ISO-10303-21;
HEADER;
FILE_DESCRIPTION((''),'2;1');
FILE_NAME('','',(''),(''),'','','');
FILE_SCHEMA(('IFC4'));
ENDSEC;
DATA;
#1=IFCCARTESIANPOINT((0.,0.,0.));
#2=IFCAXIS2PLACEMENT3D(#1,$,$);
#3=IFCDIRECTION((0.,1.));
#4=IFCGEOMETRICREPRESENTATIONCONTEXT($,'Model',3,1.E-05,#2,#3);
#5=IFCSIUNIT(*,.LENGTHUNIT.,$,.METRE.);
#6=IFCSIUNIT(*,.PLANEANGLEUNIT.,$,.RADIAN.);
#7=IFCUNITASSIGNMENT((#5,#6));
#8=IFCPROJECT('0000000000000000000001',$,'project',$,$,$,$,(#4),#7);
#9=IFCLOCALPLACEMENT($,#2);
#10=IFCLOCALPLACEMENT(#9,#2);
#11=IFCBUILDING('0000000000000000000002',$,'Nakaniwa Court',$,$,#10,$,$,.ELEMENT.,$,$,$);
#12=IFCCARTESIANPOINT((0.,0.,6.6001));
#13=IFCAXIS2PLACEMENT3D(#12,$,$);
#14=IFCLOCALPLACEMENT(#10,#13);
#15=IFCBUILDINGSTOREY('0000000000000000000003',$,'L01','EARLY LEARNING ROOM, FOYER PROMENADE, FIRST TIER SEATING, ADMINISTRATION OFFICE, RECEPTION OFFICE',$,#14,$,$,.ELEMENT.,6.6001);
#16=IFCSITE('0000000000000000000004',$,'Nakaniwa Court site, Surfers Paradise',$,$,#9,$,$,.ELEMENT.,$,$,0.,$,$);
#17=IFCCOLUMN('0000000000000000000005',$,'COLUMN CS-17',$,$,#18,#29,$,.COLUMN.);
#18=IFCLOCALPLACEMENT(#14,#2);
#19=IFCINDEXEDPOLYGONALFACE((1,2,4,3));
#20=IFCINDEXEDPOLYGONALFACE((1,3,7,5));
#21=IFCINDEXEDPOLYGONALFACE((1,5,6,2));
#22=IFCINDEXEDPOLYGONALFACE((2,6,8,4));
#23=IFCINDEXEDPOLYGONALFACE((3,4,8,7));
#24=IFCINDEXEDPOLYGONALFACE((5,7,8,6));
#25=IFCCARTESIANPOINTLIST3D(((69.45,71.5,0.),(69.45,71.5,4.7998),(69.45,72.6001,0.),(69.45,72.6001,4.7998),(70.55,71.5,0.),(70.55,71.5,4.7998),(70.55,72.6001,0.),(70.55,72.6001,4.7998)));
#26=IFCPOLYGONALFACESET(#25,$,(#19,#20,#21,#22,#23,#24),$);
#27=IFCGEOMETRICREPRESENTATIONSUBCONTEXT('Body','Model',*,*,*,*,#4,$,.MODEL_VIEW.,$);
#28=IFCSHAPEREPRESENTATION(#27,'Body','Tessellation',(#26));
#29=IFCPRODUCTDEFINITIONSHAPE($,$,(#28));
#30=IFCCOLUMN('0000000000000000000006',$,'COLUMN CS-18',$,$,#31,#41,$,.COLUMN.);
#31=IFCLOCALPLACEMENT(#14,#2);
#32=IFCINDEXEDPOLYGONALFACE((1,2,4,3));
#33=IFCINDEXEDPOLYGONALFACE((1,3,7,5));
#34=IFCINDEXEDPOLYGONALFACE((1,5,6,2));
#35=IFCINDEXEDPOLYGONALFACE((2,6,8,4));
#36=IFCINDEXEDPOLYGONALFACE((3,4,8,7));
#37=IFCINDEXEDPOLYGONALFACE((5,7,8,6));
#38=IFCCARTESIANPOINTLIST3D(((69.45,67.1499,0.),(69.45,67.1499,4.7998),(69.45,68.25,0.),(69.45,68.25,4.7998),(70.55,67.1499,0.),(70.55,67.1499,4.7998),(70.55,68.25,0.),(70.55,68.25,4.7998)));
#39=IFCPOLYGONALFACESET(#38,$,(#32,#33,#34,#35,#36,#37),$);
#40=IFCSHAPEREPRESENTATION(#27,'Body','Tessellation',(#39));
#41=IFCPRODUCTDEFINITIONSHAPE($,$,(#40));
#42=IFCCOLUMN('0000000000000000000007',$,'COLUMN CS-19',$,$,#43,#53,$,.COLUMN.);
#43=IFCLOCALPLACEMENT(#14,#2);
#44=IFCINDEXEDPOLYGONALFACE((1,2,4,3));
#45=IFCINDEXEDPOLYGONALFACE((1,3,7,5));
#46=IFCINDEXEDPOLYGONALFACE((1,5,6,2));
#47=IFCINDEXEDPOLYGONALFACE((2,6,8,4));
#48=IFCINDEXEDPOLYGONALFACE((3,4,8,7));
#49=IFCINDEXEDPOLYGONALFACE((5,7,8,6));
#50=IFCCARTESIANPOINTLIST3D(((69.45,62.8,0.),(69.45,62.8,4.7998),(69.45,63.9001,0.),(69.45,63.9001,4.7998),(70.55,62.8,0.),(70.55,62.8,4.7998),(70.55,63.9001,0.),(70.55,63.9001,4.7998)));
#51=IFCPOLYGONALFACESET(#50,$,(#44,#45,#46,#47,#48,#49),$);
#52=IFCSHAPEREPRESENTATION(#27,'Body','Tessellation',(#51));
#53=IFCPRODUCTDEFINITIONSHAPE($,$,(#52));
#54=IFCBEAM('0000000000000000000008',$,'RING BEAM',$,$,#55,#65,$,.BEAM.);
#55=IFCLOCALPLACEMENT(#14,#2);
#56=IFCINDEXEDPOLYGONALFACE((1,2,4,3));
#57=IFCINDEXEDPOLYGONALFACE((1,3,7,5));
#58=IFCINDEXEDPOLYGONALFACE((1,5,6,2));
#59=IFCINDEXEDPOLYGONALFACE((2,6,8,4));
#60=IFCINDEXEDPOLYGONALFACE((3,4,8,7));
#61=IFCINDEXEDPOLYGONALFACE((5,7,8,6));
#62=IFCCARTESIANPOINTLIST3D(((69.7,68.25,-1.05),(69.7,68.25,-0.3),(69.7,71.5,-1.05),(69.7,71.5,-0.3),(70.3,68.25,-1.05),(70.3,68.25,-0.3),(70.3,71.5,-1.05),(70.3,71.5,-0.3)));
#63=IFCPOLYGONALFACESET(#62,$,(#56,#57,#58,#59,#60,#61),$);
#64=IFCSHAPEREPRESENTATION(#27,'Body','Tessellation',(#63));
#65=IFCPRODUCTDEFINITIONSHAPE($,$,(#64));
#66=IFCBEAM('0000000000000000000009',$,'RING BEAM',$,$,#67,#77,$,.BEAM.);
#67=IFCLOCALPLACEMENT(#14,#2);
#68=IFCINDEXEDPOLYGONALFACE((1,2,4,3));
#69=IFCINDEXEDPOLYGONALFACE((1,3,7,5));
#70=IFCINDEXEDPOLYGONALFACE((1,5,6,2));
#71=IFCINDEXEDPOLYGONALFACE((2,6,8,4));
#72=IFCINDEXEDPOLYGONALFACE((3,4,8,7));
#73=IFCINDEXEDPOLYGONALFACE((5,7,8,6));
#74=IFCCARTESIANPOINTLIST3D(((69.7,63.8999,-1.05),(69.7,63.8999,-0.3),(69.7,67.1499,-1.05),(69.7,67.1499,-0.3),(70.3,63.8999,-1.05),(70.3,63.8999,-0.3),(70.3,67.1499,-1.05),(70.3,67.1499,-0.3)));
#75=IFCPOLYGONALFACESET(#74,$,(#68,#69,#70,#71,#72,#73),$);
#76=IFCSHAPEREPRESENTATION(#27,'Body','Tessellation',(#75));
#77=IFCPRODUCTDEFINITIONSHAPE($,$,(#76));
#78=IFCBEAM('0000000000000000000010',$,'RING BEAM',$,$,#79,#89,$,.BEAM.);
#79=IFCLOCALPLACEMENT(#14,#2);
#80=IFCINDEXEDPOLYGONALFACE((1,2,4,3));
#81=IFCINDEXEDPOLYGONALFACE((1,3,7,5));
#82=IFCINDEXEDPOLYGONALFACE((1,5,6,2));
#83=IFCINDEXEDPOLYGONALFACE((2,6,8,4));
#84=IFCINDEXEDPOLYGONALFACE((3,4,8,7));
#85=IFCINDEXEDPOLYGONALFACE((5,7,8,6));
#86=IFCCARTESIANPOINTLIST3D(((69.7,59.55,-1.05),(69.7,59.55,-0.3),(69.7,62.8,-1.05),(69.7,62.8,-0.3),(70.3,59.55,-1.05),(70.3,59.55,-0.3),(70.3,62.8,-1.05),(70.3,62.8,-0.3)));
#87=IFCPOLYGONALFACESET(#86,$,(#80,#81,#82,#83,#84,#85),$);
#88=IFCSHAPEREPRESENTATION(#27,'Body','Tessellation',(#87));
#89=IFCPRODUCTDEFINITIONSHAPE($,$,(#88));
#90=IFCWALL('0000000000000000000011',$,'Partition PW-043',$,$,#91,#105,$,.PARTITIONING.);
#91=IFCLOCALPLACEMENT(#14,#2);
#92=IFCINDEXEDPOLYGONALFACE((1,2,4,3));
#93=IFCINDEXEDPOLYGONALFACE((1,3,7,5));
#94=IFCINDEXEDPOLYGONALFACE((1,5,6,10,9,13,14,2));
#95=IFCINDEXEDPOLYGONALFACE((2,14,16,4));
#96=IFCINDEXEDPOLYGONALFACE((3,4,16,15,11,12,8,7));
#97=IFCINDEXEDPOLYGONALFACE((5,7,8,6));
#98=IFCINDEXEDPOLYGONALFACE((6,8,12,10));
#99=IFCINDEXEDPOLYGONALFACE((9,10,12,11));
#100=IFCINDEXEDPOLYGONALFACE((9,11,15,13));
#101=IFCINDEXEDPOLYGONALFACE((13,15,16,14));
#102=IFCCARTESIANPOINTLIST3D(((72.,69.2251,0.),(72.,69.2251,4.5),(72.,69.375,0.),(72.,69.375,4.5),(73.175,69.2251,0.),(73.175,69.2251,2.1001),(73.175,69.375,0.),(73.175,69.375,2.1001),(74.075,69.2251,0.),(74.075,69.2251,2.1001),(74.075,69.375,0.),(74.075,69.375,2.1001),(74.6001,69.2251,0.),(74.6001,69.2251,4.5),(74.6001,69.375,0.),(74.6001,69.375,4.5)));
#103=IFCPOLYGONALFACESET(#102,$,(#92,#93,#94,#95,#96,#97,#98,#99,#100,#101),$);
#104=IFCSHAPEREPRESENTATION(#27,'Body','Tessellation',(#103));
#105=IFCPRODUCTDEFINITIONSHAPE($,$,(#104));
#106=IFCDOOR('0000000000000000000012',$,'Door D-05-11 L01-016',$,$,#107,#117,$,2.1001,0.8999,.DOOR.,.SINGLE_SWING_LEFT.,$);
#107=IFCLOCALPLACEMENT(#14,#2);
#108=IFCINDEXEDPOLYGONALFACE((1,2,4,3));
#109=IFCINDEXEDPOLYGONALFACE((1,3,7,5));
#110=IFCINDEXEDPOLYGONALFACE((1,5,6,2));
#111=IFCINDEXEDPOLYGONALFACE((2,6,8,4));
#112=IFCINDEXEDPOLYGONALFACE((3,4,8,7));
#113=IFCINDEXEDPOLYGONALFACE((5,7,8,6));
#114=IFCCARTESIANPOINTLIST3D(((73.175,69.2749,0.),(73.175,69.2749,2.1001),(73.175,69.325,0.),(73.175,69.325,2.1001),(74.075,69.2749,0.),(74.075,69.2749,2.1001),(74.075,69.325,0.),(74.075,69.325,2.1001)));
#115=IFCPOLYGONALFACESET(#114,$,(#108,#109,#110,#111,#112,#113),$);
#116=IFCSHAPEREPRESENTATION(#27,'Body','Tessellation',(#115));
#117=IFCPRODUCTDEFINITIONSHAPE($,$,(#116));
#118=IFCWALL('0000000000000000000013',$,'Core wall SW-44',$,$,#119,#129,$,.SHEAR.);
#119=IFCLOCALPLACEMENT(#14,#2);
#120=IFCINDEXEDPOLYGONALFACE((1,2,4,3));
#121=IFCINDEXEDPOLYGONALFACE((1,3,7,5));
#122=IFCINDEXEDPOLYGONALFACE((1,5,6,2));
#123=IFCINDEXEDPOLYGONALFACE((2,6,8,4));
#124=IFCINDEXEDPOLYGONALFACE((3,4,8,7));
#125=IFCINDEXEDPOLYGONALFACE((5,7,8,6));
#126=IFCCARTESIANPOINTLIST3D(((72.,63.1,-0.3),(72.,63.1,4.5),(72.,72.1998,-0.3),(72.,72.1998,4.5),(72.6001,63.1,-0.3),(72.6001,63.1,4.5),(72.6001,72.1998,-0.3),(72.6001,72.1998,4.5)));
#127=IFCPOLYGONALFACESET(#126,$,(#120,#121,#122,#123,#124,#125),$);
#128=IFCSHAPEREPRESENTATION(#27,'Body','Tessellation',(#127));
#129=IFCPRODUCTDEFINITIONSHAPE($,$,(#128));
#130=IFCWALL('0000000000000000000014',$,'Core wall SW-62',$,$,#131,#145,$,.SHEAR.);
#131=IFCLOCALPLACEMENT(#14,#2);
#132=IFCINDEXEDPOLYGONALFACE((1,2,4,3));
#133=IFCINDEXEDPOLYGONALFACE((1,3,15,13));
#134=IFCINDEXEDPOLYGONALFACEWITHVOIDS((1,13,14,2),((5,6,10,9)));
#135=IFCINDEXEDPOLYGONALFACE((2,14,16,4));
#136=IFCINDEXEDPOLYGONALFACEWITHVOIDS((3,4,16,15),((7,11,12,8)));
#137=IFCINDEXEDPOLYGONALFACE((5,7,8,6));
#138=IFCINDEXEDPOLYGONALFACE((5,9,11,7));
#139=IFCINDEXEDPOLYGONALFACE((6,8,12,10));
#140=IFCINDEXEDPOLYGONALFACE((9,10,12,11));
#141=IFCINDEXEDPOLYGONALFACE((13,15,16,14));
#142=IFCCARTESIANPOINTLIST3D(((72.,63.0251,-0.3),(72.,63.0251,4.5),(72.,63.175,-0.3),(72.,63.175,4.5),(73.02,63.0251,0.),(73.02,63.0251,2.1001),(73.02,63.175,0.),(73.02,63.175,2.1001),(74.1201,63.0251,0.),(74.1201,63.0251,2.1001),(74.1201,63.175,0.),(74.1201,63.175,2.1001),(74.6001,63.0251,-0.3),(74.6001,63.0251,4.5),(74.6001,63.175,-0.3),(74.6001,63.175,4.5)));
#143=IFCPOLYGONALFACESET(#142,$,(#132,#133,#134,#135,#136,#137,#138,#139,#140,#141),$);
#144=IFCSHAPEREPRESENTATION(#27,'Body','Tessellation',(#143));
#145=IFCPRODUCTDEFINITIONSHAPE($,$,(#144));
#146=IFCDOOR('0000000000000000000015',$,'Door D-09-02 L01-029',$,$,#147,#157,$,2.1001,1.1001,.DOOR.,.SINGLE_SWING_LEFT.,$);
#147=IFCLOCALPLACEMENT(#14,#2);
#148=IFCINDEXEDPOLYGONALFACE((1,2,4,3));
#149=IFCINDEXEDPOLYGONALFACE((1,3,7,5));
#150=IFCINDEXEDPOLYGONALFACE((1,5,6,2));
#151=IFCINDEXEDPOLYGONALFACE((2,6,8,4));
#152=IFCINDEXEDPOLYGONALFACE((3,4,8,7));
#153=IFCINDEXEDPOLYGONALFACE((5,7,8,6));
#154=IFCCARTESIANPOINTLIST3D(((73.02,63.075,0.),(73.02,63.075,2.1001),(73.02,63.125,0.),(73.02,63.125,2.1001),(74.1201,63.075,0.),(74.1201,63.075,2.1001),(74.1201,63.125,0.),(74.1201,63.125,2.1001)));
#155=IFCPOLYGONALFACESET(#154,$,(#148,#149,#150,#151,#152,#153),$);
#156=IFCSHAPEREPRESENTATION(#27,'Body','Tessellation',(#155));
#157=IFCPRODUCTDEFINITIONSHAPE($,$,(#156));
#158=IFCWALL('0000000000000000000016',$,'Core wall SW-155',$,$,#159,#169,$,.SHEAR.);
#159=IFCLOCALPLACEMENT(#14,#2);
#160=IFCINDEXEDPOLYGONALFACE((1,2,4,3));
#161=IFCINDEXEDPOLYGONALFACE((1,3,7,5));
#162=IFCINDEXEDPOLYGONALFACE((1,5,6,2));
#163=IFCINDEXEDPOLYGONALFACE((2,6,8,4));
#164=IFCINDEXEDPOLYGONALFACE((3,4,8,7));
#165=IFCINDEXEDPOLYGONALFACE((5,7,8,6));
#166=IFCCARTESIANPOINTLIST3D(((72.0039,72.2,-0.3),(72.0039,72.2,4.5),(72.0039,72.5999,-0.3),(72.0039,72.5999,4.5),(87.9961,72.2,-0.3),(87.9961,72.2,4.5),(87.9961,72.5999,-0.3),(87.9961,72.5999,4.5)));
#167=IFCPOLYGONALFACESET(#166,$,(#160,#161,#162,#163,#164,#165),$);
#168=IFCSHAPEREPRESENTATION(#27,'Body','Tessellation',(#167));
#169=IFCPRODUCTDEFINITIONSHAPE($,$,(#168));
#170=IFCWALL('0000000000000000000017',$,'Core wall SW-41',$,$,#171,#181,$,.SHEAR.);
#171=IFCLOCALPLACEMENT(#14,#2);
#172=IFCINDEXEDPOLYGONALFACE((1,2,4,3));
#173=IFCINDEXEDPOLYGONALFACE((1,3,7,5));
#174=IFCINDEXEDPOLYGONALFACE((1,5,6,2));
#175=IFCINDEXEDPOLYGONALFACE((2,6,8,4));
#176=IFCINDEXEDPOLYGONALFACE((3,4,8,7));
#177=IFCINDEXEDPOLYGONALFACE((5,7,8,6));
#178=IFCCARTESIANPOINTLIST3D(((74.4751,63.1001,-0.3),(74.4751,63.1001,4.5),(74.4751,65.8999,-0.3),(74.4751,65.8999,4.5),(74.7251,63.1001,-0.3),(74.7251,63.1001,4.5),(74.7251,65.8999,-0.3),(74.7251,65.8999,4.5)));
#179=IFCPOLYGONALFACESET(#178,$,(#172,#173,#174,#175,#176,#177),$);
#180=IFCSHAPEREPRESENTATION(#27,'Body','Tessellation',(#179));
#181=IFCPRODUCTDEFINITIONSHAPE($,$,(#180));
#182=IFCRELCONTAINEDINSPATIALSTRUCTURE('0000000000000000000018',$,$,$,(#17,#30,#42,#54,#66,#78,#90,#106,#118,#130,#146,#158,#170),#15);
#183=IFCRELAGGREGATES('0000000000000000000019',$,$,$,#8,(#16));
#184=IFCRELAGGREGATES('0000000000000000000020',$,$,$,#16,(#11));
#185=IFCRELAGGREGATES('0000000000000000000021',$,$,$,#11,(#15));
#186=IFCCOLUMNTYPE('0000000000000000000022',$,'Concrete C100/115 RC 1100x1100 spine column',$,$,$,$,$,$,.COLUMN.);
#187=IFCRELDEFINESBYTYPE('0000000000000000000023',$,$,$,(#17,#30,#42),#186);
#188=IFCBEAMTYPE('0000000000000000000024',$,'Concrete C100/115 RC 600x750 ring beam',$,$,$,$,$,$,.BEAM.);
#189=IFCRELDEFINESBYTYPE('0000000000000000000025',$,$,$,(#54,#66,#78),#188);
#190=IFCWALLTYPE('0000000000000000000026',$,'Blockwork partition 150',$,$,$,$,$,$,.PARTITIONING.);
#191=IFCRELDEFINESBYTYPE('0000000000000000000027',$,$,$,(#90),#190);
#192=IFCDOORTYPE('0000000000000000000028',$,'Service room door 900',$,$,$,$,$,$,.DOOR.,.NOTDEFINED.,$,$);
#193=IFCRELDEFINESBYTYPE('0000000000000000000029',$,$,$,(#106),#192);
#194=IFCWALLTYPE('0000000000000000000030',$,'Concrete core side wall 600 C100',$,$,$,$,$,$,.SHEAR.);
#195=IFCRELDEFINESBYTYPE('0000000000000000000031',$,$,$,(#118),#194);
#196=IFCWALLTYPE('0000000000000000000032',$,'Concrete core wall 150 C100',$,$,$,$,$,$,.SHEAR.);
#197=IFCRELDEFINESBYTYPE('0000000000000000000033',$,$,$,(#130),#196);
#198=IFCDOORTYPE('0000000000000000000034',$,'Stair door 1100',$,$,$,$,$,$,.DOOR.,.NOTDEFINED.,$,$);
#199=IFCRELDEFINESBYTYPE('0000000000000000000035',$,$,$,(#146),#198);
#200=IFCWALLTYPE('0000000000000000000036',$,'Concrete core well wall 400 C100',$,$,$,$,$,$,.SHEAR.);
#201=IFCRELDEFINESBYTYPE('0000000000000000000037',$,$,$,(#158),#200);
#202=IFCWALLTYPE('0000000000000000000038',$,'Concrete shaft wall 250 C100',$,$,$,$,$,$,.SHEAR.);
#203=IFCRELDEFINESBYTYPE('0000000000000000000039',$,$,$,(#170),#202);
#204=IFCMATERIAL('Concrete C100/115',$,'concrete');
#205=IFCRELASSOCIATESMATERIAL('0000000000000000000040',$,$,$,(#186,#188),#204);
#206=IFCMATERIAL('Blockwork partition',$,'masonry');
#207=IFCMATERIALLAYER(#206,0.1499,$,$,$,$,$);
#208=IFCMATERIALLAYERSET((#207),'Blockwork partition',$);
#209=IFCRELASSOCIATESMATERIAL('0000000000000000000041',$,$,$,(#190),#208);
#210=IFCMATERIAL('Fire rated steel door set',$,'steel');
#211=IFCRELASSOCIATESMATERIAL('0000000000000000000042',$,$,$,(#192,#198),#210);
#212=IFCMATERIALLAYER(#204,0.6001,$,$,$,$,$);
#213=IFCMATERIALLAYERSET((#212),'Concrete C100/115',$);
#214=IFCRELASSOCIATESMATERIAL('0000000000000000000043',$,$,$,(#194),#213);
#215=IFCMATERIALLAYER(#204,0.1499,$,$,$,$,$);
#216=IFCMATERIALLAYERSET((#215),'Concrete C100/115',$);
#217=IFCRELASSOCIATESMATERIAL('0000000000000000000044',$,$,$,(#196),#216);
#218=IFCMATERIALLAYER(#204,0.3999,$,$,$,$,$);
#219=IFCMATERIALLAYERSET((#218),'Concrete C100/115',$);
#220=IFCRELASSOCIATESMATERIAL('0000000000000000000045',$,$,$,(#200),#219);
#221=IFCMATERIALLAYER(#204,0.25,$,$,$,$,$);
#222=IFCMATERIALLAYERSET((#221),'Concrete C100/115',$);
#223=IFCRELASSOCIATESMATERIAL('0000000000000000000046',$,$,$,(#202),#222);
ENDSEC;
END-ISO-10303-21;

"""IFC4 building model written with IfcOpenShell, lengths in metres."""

from ifc_helpers import new_model, si_unit, direction, frame, frame_2d, origin, origin_2d, place, context, subcontext, project, spatial, rectangle, extrude, material, layer, layer_set, material_profile, profile_set, type_object, element, fill, save


model = new_model("IFC4")

# Units and contexts
model_context = context("Model", 3, precision=1e-05, world=origin(), true_north=direction((0.0, 1.0)))
body_context = subcontext(model_context, "Body", "Model", "MODEL_VIEW")
ifc_project = project(units=[si_unit("LENGTHUNIT", "METRE"), si_unit("PLANEANGLEUNIT", "RADIAN")], contexts=[model_context])

# Site, building, storey
site_placement = place(None, origin())
site = spatial("IfcSite", under=ifc_project, at=site_placement, Name="Nakaniwa Court site, Surfers Paradise", CompositionType="ELEMENT", RefElevation=0.0)
building_placement = place(site_placement, origin())
building = spatial("IfcBuilding", under=site, at=building_placement, Name="Nakaniwa Court", CompositionType="ELEMENT")
storey_placement = place(building_placement, frame((0.0, 0.0, 6.6001)))
storey = spatial("IfcBuildingStorey", under=building, at=storey_placement, Name="L01", Description="EARLY LEARNING ROOM, FOYER PROMENADE, FIRST TIER SEATING, ADMINISTRATION OFFICE, RECEPTION OFFICE", CompositionType="ELEMENT", Elevation=6.6001)

# Columns
ifc_material_1 = material(Name="Concrete C100/115", Category="concrete")
ifc_material_profile_1 = material_profile(ifc_material_1, rectangle(XDim=1.1001, YDim=1.1001, at=origin_2d()), Name="Concrete C100/115 RC 1100x1100 spine column")
ifc_profile_set_1 = profile_set([ifc_material_profile_1], Name="Concrete C100/115")
column_type = type_object("IfcColumnType", Name="Concrete C100/115 RC 1100x1100 spine column", PredefinedType="COLUMN", material=ifc_profile_set_1)
for number, where, z_axis, x_axis, name in (
    (1, (70.0, 72.05, 0.0), (0.0, 0.0, 1.0), (0.0, -1.0, 0.0), "COLUMN CS-17"),
    (2, (70.0, 67.7, 0.0), (0.0, 0.0, 1.0), (0.0, -1.0, 0.0), "COLUMN CS-18"),
    (3, (70.0, 63.3501, 0.0), (0.0, 0.0, 1.0), (0.0, -1.0, 0.0), "COLUMN CS-19"),
):
    element("IfcColumn", number, at=place(storey_placement, frame(where, z_axis=z_axis, x_axis=x_axis)), inside=storey, type_object=column_type, Name=name, PredefinedType="COLUMN", context=body_context, shape_type="SweptSolid", body=[
        extrude(rectangle(XDim=1.1001, YDim=1.1001, at=origin_2d()), origin(), (0.0, 0.0, 1.0), 4.7998),
    ])

# Beams
ifc_material_profile_2 = material_profile(ifc_material_1, rectangle(XDim=0.6001, YDim=0.75, at=origin_2d()), Name="Concrete C100/115 RC 600x750 ring beam")
ifc_profile_set_2 = profile_set([ifc_material_profile_2], Name="Concrete C100/115")
beam_type = type_object("IfcBeamType", Name="Concrete C100/115 RC 600x750 ring beam", PredefinedType="BEAM", material=ifc_profile_set_2)
for number, where, z_axis, x_axis, name in (
    (4, (70.0, 71.5, -0.675), (0.0, -1.0, 0.0), (1.0, 0.0, 0.0), "RING BEAM"),
    (5, (70.0, 67.1499, -0.675), (0.0, -1.0, 0.0), (1.0, 0.0, 0.0), "RING BEAM"),
    (6, (70.0, 62.8, -0.675), (0.0, -1.0, 0.0), (1.0, 0.0, 0.0), "RING BEAM"),
):
    element("IfcBeam", number, at=place(storey_placement, frame(where, z_axis=z_axis, x_axis=x_axis)), inside=storey, type_object=beam_type, Name=name, PredefinedType="BEAM", context=body_context, shape_type="SweptSolid", body=[
        extrude(rectangle(XDim=0.6001, YDim=0.75, at=origin_2d()), origin(), (0.0, 0.0, 1.0), 3.25),
    ])

# Wall, opening, door
ifc_material_2 = material(Name="Blockwork partition", Category="masonry")
ifc_layer_1 = layer(ifc_material_2, 0.1499)
ifc_layer_set_1 = layer_set([ifc_layer_1], Name="Blockwork partition")
wall_type_1 = type_object("IfcWallType", Name="Blockwork partition 150", PredefinedType="PARTITIONING", material=ifc_layer_set_1)
wall_1_placement = place(storey_placement, frame((72.0, 69.3, 0.0), z_axis=(0.0, 0.0, 1.0), x_axis=(1.0, 0.0, 0.0)))
wall_1 = element("IfcWall", 7, at=wall_1_placement, inside=storey, type_object=wall_type_1, Name="Partition PW-043", PredefinedType="PARTITIONING", context=body_context, shape_type="SweptSolid", body=[
    extrude(rectangle(XDim=2.6001, YDim=0.1499, at=frame_2d((1.3, 0.0))), origin(), (0.0, 0.0, 1.0), 4.5),
])
opening_1_placement = place(wall_1_placement, frame((1.175, 0.0, 0.0)))
opening_1 = element("IfcOpeningElement", 8, at=opening_1_placement, cuts=wall_1, PredefinedType="OPENING", context=body_context, shape_type="SweptSolid", body=[
    extrude(rectangle(XDim=0.8999, YDim=2.1001, at=frame_2d((0.45, 1.05))), frame((0.0, 0.085, 0.0), z_axis=(0.0, -1.0, 0.0), x_axis=(1.0, 0.0, 0.0)), (0.0, 0.0, 1.0), 0.1699),
])
ifc_material_3 = material(Name="Fire rated steel door set", Category="steel")
door_type_1 = type_object("IfcDoorType", Name="Service room door 900", OperationType="NOTDEFINED", PredefinedType="DOOR", material=ifc_material_3)
door_1_placement = place(opening_1_placement, origin())
door_1 = element("IfcDoor", 9, at=door_1_placement, inside=storey, type_object=door_type_1, Name="Door D-05-11 L01-016", OperationType="SINGLE_SWING_LEFT", OverallHeight=2.1001, OverallWidth=0.8999, PredefinedType="DOOR", context=body_context, shape_type="SweptSolid", body=[
    extrude(rectangle(XDim=0.8999, YDim=2.1001, at=frame_2d((0.45, 1.05))), frame((0.0, 0.0249, 0.0), z_axis=(0.0, -1.0, 0.0), x_axis=(1.0, 0.0, 0.0)), (0.0, 0.0, 1.0), 0.05),
])
fill(opening_1, door_1)

# Wall
ifc_layer_2 = layer(ifc_material_1, 0.6001)
ifc_layer_set_2 = layer_set([ifc_layer_2], Name="Concrete C100/115")
wall_type_2 = type_object("IfcWallType", Name="Concrete core side wall 600 C100", PredefinedType="SHEAR", material=ifc_layer_set_2)
wall_2_placement = place(storey_placement, frame((72.3, 63.1001, -0.3), z_axis=(0.0, 0.0, 1.0), x_axis=(0.0, 1.0, 0.0)))
element("IfcWall", 10, at=wall_2_placement, inside=storey, type_object=wall_type_2, Name="Core wall SW-44", PredefinedType="SHEAR", context=body_context, shape_type="SweptSolid", body=[
    extrude(rectangle(XDim=9.0999, YDim=0.6001, at=frame_2d((4.5498, 0.0))), origin(), (0.0, 0.0, 1.0), 4.8),
])

# Wall, opening, door
ifc_layer_3 = layer(ifc_material_1, 0.1499)
ifc_layer_set_3 = layer_set([ifc_layer_3], Name="Concrete C100/115")
wall_type_3 = type_object("IfcWallType", Name="Concrete core wall 150 C100", PredefinedType="SHEAR", material=ifc_layer_set_3)
wall_3_placement = place(storey_placement, frame((72.0, 63.1001, -0.3), z_axis=(0.0, 0.0, 1.0), x_axis=(1.0, 0.0, 0.0)))
wall_3 = element("IfcWall", 11, at=wall_3_placement, inside=storey, type_object=wall_type_3, Name="Core wall SW-62", PredefinedType="SHEAR", context=body_context, shape_type="SweptSolid", body=[
    extrude(rectangle(XDim=2.6001, YDim=0.1499, at=frame_2d((1.3, 0.0))), origin(), (0.0, 0.0, 1.0), 4.8),
])
opening_2_placement = place(wall_3_placement, frame((1.02, 0.0, 0.3)))
opening_2 = element("IfcOpeningElement", 12, at=opening_2_placement, cuts=wall_3, PredefinedType="OPENING", context=body_context, shape_type="SweptSolid", body=[
    extrude(rectangle(XDim=1.1001, YDim=2.1001, at=frame_2d((0.55, 1.05))), frame((0.0, 0.085, 0.0), z_axis=(0.0, -1.0, 0.0), x_axis=(1.0, 0.0, 0.0)), (0.0, 0.0, 1.0), 0.1699),
])
door_type_2 = type_object("IfcDoorType", Name="Stair door 1100", OperationType="NOTDEFINED", PredefinedType="DOOR", material=ifc_material_3)
door_2_placement = place(opening_2_placement, origin())
door_2 = element("IfcDoor", 13, at=door_2_placement, inside=storey, type_object=door_type_2, Name="Door D-09-02 L01-029", OperationType="SINGLE_SWING_LEFT", OverallHeight=2.1001, OverallWidth=1.1001, PredefinedType="DOOR", context=body_context, shape_type="SweptSolid", body=[
    extrude(rectangle(XDim=1.1001, YDim=2.1001, at=frame_2d((0.55, 1.05))), frame((0.0, 0.0249, 0.0), z_axis=(0.0, -1.0, 0.0), x_axis=(1.0, 0.0, 0.0)), (0.0, 0.0, 1.0), 0.05),
])
fill(opening_2, door_2)

# Walls
ifc_layer_4 = layer(ifc_material_1, 0.3999)
ifc_layer_set_4 = layer_set([ifc_layer_4], Name="Concrete C100/115")
wall_type_4 = type_object("IfcWallType", Name="Concrete core well wall 400 C100", PredefinedType="SHEAR", material=ifc_layer_set_4)
wall_4_placement = place(storey_placement, frame((72.0039, 72.3999, -0.3), z_axis=(0.0, 0.0, 1.0), x_axis=(1.0, 0.0, 0.0)))
element("IfcWall", 14, at=wall_4_placement, inside=storey, type_object=wall_type_4, Name="Core wall SW-155", PredefinedType="SHEAR", context=body_context, shape_type="SweptSolid", body=[
    extrude(rectangle(XDim=15.9922, YDim=0.3999, at=frame_2d((7.9961, 0.0))), origin(), (0.0, 0.0, 1.0), 4.8),
])
ifc_layer_5 = layer(ifc_material_1, 0.25)
ifc_layer_set_5 = layer_set([ifc_layer_5], Name="Concrete C100/115")
wall_type_5 = type_object("IfcWallType", Name="Concrete shaft wall 250 C100", PredefinedType="SHEAR", material=ifc_layer_set_5)
wall_5_placement = place(storey_placement, frame((74.6001, 63.1001, -0.3), z_axis=(0.0, 0.0, 1.0), x_axis=(0.0, 1.0, 0.0)))
element("IfcWall", 15, at=wall_5_placement, inside=storey, type_object=wall_type_5, Name="Core wall SW-41", PredefinedType="SHEAR", context=body_context, shape_type="SweptSolid", body=[
    extrude(rectangle(XDim=2.7998, YDim=0.25, at=frame_2d((1.3999, 0.0))), origin(), (0.0, 0.0, 1.0), 4.8),
])

save(model, "model.ifc")
